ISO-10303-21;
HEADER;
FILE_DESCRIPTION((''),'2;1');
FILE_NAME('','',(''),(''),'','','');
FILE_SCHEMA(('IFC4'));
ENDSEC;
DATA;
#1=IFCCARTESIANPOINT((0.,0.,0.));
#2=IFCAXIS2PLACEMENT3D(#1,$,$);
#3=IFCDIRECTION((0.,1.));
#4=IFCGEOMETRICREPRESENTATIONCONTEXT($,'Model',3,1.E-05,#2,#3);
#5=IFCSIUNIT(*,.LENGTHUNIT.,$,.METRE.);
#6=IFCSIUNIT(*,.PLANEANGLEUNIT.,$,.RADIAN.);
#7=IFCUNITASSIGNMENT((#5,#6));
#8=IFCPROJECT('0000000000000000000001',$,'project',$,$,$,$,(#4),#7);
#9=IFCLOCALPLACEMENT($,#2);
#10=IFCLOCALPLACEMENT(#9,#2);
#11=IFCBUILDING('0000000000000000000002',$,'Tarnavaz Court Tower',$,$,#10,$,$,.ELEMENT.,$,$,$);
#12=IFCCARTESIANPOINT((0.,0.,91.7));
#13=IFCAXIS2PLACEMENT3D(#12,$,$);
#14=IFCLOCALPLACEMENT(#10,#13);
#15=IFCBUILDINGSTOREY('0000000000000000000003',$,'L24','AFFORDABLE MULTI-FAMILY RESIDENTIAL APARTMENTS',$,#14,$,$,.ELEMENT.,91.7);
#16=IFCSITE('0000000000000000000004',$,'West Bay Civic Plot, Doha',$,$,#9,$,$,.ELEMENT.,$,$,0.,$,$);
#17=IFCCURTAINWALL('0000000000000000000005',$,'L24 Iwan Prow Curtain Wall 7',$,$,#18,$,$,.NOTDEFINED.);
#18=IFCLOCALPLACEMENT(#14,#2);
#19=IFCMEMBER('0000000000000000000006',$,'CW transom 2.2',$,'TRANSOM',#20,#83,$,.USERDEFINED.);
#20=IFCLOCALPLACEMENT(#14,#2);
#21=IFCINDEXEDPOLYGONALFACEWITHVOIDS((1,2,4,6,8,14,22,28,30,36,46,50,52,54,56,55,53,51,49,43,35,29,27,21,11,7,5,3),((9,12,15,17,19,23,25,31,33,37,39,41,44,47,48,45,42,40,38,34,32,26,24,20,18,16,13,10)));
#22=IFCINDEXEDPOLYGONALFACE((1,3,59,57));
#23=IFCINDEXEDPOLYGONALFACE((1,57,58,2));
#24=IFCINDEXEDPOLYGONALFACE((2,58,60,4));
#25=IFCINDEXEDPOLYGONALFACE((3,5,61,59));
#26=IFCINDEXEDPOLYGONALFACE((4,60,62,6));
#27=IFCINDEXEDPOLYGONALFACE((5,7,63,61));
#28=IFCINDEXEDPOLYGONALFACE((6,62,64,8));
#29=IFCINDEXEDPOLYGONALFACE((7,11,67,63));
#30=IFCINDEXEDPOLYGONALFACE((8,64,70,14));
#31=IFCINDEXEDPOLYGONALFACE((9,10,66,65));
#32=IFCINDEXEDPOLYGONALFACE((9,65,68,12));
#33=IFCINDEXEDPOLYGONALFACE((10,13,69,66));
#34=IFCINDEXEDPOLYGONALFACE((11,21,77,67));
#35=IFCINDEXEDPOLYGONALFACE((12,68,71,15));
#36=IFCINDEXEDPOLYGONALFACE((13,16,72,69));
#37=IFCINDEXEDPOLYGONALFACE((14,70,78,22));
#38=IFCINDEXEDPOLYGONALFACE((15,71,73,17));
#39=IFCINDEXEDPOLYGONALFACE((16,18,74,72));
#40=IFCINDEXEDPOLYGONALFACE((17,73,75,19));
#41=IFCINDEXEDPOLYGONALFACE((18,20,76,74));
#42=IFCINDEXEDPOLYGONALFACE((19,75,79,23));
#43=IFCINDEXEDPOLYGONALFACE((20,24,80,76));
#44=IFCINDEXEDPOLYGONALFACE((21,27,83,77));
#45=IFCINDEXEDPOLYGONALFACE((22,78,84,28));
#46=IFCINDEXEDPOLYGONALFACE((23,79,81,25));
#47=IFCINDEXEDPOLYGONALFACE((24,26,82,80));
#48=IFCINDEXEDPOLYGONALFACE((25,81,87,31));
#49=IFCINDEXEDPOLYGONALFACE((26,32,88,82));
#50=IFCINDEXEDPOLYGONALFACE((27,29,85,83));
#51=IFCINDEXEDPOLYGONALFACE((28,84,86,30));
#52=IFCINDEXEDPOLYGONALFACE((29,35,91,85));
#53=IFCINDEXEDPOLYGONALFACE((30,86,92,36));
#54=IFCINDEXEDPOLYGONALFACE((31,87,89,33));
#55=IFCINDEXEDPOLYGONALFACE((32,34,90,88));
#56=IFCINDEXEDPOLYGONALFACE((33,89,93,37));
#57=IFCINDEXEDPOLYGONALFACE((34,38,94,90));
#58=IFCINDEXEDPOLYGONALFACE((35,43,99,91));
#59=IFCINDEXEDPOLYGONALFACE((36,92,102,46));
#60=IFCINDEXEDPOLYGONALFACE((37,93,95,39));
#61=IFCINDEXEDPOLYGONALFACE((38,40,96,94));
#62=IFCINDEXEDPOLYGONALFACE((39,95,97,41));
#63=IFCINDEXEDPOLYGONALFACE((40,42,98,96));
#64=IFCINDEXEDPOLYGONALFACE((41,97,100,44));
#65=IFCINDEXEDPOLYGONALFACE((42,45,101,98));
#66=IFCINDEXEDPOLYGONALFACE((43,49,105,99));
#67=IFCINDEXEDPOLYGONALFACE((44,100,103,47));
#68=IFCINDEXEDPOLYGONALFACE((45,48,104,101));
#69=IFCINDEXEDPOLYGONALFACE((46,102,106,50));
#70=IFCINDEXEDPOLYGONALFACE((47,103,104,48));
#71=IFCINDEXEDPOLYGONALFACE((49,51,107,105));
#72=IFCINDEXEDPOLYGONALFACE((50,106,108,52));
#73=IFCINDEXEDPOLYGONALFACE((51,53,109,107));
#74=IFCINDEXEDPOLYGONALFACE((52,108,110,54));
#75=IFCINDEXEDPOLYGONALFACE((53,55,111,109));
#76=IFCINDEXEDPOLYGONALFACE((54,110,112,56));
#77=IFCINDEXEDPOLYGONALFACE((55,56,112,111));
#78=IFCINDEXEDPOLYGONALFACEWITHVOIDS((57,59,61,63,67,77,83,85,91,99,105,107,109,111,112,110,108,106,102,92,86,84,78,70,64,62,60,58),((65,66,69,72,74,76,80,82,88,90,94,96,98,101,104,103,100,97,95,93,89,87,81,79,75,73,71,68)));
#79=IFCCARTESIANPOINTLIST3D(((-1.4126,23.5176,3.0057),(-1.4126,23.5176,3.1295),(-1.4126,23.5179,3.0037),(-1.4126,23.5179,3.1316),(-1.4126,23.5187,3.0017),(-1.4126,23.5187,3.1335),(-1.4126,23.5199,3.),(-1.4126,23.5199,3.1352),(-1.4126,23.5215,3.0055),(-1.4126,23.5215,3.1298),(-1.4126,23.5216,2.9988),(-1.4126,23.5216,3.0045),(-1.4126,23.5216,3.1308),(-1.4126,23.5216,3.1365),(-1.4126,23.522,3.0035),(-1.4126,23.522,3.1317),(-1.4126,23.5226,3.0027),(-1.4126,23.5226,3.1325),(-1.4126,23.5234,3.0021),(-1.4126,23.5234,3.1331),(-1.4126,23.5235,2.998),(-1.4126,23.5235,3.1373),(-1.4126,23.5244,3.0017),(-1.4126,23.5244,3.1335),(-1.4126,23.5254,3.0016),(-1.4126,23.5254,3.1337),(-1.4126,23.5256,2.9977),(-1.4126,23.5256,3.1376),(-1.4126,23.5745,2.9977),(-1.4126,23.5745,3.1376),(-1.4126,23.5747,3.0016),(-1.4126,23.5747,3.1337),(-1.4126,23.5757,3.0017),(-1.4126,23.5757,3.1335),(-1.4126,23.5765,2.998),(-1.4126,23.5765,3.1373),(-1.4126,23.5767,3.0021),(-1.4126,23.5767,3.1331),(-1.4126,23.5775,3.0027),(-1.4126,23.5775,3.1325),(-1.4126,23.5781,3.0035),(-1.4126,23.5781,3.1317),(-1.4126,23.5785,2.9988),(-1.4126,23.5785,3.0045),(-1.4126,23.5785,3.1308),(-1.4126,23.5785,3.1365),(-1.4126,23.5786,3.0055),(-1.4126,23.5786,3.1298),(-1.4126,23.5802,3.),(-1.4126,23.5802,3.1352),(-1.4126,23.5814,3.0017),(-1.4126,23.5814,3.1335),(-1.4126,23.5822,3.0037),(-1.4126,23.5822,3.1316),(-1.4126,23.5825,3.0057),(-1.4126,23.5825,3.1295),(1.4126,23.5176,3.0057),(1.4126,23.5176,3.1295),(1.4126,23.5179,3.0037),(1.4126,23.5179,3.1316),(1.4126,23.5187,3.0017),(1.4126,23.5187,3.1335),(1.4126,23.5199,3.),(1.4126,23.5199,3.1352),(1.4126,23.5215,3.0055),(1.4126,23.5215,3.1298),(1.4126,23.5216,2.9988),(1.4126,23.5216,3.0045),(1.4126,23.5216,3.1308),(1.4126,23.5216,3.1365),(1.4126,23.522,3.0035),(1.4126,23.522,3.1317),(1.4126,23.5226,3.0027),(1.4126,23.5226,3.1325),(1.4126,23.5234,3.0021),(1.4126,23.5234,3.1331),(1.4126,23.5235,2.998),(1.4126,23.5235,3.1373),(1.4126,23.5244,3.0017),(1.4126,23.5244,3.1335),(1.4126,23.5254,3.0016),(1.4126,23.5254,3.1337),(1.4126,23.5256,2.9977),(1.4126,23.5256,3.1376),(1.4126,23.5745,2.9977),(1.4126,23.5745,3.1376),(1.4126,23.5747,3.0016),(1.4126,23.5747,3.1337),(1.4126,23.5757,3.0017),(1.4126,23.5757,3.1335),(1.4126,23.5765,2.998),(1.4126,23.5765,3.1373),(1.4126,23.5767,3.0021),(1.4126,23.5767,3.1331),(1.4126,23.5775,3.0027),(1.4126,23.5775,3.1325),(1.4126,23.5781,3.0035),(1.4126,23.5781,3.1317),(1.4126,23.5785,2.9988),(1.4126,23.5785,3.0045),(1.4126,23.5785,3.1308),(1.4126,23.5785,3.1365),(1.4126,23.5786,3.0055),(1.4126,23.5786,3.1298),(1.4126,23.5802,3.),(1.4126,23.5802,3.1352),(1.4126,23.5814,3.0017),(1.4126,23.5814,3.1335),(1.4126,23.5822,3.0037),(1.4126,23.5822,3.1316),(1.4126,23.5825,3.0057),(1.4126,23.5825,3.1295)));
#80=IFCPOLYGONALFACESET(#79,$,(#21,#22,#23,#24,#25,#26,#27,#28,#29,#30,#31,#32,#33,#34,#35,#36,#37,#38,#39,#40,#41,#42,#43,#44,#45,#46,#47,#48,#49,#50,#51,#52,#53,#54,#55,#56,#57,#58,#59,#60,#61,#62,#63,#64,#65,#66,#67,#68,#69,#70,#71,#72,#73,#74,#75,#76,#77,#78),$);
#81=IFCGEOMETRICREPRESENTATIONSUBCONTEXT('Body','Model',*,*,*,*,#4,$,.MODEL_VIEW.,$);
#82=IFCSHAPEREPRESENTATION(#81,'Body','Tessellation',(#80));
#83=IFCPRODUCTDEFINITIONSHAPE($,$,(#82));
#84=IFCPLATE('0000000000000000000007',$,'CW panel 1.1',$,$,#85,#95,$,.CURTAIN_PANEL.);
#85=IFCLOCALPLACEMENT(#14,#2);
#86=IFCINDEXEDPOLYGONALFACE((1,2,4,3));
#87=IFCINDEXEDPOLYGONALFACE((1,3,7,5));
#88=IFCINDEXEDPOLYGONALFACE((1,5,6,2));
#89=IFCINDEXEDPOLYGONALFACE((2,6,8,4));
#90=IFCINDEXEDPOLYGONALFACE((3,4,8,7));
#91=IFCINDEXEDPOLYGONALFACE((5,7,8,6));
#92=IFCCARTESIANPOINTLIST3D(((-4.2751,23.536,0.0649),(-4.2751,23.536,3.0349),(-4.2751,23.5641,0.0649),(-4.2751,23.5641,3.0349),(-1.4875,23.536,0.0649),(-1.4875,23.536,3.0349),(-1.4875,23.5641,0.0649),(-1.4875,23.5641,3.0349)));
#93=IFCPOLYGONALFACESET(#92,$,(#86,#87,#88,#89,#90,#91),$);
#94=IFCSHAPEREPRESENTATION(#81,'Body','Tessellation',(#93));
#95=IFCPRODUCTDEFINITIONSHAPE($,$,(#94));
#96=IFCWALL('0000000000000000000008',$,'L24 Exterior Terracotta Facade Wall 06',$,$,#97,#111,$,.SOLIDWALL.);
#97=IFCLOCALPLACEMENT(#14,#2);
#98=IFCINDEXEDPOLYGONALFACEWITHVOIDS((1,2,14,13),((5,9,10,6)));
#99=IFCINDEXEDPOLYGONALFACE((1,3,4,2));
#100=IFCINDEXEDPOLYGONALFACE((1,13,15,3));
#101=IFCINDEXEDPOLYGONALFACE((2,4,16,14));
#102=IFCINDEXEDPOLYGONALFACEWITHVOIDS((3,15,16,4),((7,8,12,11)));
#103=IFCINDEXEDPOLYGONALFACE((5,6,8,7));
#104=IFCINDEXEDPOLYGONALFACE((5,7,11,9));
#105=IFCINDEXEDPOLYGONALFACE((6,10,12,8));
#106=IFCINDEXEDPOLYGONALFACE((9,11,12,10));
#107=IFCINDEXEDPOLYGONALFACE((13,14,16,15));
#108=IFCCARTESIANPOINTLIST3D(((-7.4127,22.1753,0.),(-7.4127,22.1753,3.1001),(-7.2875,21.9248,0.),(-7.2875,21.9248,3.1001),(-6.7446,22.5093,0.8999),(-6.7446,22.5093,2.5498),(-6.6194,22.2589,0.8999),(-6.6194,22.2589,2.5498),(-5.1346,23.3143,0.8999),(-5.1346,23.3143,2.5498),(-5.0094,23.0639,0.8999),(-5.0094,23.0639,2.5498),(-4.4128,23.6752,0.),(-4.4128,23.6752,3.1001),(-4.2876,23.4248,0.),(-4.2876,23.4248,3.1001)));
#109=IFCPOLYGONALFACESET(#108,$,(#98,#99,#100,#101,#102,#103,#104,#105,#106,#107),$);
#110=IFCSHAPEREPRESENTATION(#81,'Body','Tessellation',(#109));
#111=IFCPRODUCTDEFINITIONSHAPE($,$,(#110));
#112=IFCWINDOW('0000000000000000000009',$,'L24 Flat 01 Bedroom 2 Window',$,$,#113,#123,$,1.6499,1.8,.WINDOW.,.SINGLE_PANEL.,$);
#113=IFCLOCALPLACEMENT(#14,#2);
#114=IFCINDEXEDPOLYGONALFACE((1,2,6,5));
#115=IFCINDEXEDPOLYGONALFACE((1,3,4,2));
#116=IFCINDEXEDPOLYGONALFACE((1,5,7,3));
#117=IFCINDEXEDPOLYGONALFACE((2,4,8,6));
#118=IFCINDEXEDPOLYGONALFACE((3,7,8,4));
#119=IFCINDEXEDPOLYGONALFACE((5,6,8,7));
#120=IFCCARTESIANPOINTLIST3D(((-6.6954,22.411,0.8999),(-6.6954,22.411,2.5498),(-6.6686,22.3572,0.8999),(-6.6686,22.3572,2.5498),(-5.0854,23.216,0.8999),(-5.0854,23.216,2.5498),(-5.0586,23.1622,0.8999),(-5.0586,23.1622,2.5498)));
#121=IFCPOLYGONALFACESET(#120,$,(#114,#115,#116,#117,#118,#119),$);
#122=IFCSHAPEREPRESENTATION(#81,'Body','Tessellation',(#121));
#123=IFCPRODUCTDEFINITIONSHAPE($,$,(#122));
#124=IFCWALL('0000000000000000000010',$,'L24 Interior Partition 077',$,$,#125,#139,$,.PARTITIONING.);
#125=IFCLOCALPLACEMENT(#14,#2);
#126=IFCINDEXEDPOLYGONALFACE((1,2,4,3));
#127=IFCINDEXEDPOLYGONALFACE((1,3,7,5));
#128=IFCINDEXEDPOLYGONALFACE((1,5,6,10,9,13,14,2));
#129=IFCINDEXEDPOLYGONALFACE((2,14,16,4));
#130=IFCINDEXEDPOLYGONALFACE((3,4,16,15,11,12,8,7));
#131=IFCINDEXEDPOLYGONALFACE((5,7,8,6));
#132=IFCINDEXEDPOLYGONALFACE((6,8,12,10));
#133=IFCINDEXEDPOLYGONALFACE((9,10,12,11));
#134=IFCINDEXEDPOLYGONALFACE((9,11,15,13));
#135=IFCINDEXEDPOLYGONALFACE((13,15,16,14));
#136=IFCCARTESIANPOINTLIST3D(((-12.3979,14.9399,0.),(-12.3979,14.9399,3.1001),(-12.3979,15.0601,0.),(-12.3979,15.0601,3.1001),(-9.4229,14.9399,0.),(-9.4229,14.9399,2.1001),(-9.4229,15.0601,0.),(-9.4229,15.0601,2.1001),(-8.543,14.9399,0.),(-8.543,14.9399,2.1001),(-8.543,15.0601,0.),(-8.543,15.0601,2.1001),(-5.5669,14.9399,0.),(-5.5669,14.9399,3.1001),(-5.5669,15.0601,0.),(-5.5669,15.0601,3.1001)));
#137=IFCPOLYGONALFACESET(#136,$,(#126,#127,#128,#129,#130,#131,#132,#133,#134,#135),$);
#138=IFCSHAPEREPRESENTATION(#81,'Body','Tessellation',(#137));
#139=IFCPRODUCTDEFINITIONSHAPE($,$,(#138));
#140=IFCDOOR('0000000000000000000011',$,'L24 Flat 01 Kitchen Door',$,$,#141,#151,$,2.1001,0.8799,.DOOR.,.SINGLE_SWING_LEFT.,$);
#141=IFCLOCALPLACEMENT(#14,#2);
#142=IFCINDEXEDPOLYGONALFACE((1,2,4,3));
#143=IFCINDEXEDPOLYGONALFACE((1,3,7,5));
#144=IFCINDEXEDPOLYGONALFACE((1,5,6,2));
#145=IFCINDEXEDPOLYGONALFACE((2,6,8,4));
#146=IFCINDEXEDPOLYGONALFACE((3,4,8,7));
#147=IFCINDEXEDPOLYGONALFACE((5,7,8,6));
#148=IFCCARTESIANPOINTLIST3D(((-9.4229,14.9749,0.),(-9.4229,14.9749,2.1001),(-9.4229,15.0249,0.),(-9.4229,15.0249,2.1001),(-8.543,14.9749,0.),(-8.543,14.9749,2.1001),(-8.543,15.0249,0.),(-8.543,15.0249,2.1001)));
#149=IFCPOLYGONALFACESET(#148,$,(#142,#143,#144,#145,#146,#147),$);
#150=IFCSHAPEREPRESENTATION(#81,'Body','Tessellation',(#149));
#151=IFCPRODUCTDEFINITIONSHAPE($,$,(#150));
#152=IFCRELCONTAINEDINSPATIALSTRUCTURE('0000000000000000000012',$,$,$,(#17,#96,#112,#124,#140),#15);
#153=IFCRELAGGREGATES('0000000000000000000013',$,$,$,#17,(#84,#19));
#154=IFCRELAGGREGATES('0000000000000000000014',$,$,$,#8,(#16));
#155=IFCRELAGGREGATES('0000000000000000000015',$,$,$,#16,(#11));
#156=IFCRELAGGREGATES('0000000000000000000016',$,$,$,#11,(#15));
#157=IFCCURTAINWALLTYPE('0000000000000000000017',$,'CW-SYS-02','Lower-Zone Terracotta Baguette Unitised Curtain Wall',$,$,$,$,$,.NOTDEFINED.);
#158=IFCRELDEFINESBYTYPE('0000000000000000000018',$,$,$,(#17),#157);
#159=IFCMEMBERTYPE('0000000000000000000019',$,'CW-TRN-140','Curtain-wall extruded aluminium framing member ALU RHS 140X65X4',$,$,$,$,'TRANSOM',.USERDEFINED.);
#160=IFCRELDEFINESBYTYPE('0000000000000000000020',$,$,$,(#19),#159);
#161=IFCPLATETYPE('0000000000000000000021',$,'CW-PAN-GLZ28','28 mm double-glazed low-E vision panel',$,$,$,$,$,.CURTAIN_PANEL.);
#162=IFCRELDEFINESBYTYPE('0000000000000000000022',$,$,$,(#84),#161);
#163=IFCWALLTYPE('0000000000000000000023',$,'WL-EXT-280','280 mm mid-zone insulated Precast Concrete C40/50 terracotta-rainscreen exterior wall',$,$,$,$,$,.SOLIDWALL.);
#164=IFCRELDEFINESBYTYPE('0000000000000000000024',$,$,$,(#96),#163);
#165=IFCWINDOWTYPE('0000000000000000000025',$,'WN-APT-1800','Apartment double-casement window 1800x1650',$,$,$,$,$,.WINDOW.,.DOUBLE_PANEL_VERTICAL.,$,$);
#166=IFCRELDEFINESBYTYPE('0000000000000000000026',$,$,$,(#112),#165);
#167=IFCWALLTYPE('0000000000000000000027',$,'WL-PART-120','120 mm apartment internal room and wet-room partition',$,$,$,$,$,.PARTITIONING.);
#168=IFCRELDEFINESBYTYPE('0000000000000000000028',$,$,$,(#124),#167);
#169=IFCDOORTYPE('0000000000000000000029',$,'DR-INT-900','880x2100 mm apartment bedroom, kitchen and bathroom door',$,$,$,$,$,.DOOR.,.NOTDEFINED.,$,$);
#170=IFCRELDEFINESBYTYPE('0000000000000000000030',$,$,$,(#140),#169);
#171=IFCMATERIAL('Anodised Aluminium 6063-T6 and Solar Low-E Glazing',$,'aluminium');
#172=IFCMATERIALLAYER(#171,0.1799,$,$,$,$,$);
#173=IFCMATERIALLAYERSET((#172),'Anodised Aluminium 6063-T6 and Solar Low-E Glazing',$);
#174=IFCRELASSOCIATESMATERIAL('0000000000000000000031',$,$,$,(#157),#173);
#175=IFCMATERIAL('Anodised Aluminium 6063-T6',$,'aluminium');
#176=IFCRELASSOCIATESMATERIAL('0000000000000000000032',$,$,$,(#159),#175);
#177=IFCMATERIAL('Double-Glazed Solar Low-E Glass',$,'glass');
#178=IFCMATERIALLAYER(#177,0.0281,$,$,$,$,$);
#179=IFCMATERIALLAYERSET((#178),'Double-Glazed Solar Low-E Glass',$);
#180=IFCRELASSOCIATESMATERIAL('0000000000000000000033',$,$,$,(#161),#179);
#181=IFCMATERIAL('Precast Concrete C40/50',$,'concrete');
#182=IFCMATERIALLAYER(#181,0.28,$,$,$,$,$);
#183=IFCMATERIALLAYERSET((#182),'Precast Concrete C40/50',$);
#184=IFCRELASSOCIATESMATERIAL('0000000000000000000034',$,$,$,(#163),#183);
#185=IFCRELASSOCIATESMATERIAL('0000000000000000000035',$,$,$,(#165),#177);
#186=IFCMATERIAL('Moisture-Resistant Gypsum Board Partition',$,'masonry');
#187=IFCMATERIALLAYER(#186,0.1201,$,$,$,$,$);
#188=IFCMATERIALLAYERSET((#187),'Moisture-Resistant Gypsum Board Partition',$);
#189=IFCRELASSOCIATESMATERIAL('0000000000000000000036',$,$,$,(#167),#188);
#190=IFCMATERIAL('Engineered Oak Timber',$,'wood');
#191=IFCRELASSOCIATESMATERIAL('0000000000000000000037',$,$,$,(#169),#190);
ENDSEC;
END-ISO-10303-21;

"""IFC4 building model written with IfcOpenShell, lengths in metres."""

from ifc_helpers import new_model, si_unit, direction, frame, frame_2d, origin, origin_2d, place, context, subcontext, project, spatial, rectangle, hollow_rectangle, extrude, material, layer, layer_set, material_profile, profile_set, type_object, element, fill, aggregate, save


model = new_model("IFC4")

# Units and contexts
model_context = context("Model", 3, precision=1e-05, world=origin(), true_north=direction((0.0, 1.0)))
body_context = subcontext(model_context, "Body", "Model", "MODEL_VIEW")
ifc_project = project(units=[si_unit("LENGTHUNIT", "METRE"), si_unit("PLANEANGLEUNIT", "RADIAN")], contexts=[model_context])

# Site, building, storey
site_placement = place(None, origin())
site = spatial("IfcSite", under=ifc_project, at=site_placement, Name="West Bay Civic Plot, Doha", CompositionType="ELEMENT", RefElevation=0.0)
building_placement = place(site_placement, origin())
building = spatial("IfcBuilding", under=site, at=building_placement, Name="Tarnavaz Court Tower", CompositionType="ELEMENT")
storey_placement = place(building_placement, frame((0.0, 0.0, 91.7)))
storey = spatial("IfcBuildingStorey", under=building, at=storey_placement, Name="L24", Description="AFFORDABLE MULTI-FAMILY RESIDENTIAL APARTMENTS", CompositionType="ELEMENT", Elevation=91.7)

# Curtain wall, member, plate
ifc_material_1 = material(Name="Anodised Aluminium 6063-T6 and Solar Low-E Glazing", Category="aluminium")
ifc_layer_1 = layer(ifc_material_1, 0.1799)
ifc_layer_set_1 = layer_set([ifc_layer_1], Name="Anodised Aluminium 6063-T6 and Solar Low-E Glazing")
curtain_wall_type = type_object("IfcCurtainWallType", Name="CW-SYS-02", Description="Lower-Zone Terracotta Baguette Unitised Curtain Wall", PredefinedType="NOTDEFINED", material=ifc_layer_set_1)
curtain_wall_placement = place(storey_placement, origin())
curtain_wall = element("IfcCurtainWall", 1, at=curtain_wall_placement, inside=storey, type_object=curtain_wall_type, Name="L24 Iwan Prow Curtain Wall 7", PredefinedType="NOTDEFINED")
ifc_material_2 = material(Name="Anodised Aluminium 6063-T6", Category="aluminium")
ifc_material_profile_1 = material_profile(ifc_material_2, hollow_rectangle(XDim=0.0649, YDim=0.1399, WallThickness=0.0039, InnerFilletRadius=0.0039, OuterFilletRadius=0.0081, at=origin_2d()), Name="ALU RHS 140X65X4")
ifc_profile_set_1 = profile_set([ifc_material_profile_1], Name="Anodised Aluminium 6063-T6")
member_type_1 = type_object("IfcMemberType", Name="CW-TRN-140", Description="Curtain-wall extruded aluminium framing member ALU RHS 140X65X4", ElementType="TRANSOM", PredefinedType="USERDEFINED", material=ifc_profile_set_1)
member_1_placement = place(storey_placement, frame((-1.4126, 23.55, 3.0676), z_axis=(1.0, 0.0, 0.0), x_axis=(0.0, 1.0, 0.0)))
member_1 = element("IfcMember", 2, at=member_1_placement, type_object=member_type_1, Name="CW transom 2.2", ObjectType="TRANSOM", PredefinedType="USERDEFINED", context=body_context, shape_type="SweptSolid", body=[
    extrude(hollow_rectangle(XDim=0.0649, YDim=0.1399, WallThickness=0.0039, InnerFilletRadius=0.0039, OuterFilletRadius=0.0081, at=origin_2d()), origin(), (0.0, 0.0, 1.0), 2.8252),
])
ifc_material_3 = material(Name="Double-Glazed Solar Low-E Glass", Category="glass")
ifc_layer_2 = layer(ifc_material_3, 0.0281)
ifc_layer_set_2 = layer_set([ifc_layer_2], Name="Double-Glazed Solar Low-E Glass")
plate_type = type_object("IfcPlateType", Name="CW-PAN-GLZ28", Description="28 mm double-glazed low-E vision panel", PredefinedType="CURTAIN_PANEL", material=ifc_layer_set_2)
plate_placement = place(storey_placement, frame((-2.8813, 23.55, 0.0649), z_axis=(0.0, 0.0, 1.0), x_axis=(1.0, 0.0, 0.0)))
plate = element("IfcPlate", 3, at=plate_placement, type_object=plate_type, Name="CW panel 1.1", PredefinedType="CURTAIN_PANEL", context=body_context, shape_type="SweptSolid", body=[
    extrude(rectangle(XDim=2.7876, YDim=0.0281, at=origin_2d()), origin(), (0.0, 0.0, 1.0), 2.97),
])
aggregate(curtain_wall, [plate, member_1])

# Wall, opening, window
ifc_material_4 = material(Name="Precast Concrete C40/50", Category="concrete")
ifc_layer_3 = layer(ifc_material_4, 0.28)
ifc_layer_set_3 = layer_set([ifc_layer_3], Name="Precast Concrete C40/50")
wall_type_1 = type_object("IfcWallType", Name="WL-EXT-280", Description="280 mm mid-zone insulated Precast Concrete C40/50 terracotta-rainscreen exterior wall", PredefinedType="SOLIDWALL", material=ifc_layer_set_3)
wall_1_placement = place(storey_placement, frame((-7.3501, 22.05, 0.0), z_axis=(0.0, 0.0, 1.0), x_axis=(0.894427, 0.447214, 0.0)))
wall_1 = element("IfcWall", 4, at=wall_1_placement, inside=storey, type_object=wall_type_1, Name="L24 Exterior Terracotta Facade Wall 06", PredefinedType="SOLIDWALL", context=body_context, shape_type="SweptSolid", body=[
    extrude(rectangle(XDim=3.354, YDim=0.28, at=frame_2d((1.677, 0.0))), origin(), (0.0, 0.0, 1.0), 3.1001),
])
opening_1_placement = place(wall_1_placement, frame((0.7471, 0.0, 0.8999)))
opening_1 = element("IfcOpeningElement", 5, at=opening_1_placement, cuts=wall_1, PredefinedType="OPENING", context=body_context, shape_type="SweptSolid", body=[
    extrude(rectangle(XDim=1.8, YDim=1.6499, at=frame_2d((0.8999, 0.825))), frame((0.0, 0.1499, 0.0), z_axis=(0.0, -1.0, 0.0), x_axis=(1.0, 0.0, 0.0)), (0.0, 0.0, 1.0), 0.3),
])
window_type = type_object("IfcWindowType", Name="WN-APT-1800", Description="Apartment double-casement window 1800x1650", PartitioningType="DOUBLE_PANEL_VERTICAL", PredefinedType="WINDOW", material=ifc_material_3)
window_placement = place(opening_1_placement, origin())
window = element("IfcWindow", 6, at=window_placement, inside=storey, type_object=window_type, Name="L24 Flat 01 Bedroom 2 Window", OverallHeight=1.6499, OverallWidth=1.8, PartitioningType="SINGLE_PANEL", PredefinedType="WINDOW", context=body_context, shape_type="SweptSolid", body=[
    extrude(rectangle(XDim=1.8, YDim=1.6499, at=frame_2d((0.8999, 0.825))), frame((0.0, 0.03, 0.0), z_axis=(0.0, -1.0, 0.0), x_axis=(1.0, 0.0, 0.0)), (0.0, 0.0, 1.0), 0.0601),
])
fill(opening_1, window)

# Wall, opening, door
ifc_material_5 = material(Name="Moisture-Resistant Gypsum Board Partition", Category="masonry")
ifc_layer_4 = layer(ifc_material_5, 0.1201)
ifc_layer_set_4 = layer_set([ifc_layer_4], Name="Moisture-Resistant Gypsum Board Partition")
wall_type_2 = type_object("IfcWallType", Name="WL-PART-120", Description="120 mm apartment internal room and wet-room partition", PredefinedType="PARTITIONING", material=ifc_layer_set_4)
wall_2_placement = place(storey_placement, frame((-12.3979, 15.0, 0.0), z_axis=(0.0, 0.0, 1.0), x_axis=(1.0, 0.0, 0.0)))
wall_2 = element("IfcWall", 7, at=wall_2_placement, inside=storey, type_object=wall_type_2, Name="L24 Interior Partition 077", PredefinedType="PARTITIONING", context=body_context, shape_type="SweptSolid", body=[
    extrude(rectangle(XDim=6.8311, YDim=0.1201, at=frame_2d((3.4155, 0.0))), origin(), (0.0, 0.0, 1.0), 3.1001),
])
opening_2_placement = place(wall_2_placement, frame((2.9751, 0.0, 0.0)))
opening_2 = element("IfcOpeningElement", 8, at=opening_2_placement, cuts=wall_2, PredefinedType="OPENING", context=body_context, shape_type="SweptSolid", body=[
    extrude(rectangle(XDim=0.8799, YDim=2.1001, at=frame_2d((0.4399, 1.05))), frame((0.0, 0.0701, 0.0), z_axis=(0.0, -1.0, 0.0), x_axis=(1.0, 0.0, 0.0)), (0.0, 0.0, 1.0), 0.1401),
])
ifc_material_6 = material(Name="Engineered Oak Timber", Category="wood")
door_type = type_object("IfcDoorType", Name="DR-INT-900", Description="880x2100 mm apartment bedroom, kitchen and bathroom door", OperationType="NOTDEFINED", PredefinedType="DOOR", material=ifc_material_6)
door_1_placement = place(opening_2_placement, origin())
door_1 = element("IfcDoor", 9, at=door_1_placement, inside=storey, type_object=door_type, Name="L24 Flat 01 Kitchen Door", OperationType="SINGLE_SWING_LEFT", OverallHeight=2.1001, OverallWidth=0.8799, PredefinedType="DOOR", context=body_context, shape_type="SweptSolid", body=[
    extrude(rectangle(XDim=0.8799, YDim=2.1001, at=frame_2d((0.4399, 1.05))), frame((0.0, 0.0249, 0.0), z_axis=(0.0, -1.0, 0.0), x_axis=(1.0, 0.0, 0.0)), (0.0, 0.0, 1.0), 0.05),
])
fill(opening_2, door_1)

save(model, "model.ifc")
